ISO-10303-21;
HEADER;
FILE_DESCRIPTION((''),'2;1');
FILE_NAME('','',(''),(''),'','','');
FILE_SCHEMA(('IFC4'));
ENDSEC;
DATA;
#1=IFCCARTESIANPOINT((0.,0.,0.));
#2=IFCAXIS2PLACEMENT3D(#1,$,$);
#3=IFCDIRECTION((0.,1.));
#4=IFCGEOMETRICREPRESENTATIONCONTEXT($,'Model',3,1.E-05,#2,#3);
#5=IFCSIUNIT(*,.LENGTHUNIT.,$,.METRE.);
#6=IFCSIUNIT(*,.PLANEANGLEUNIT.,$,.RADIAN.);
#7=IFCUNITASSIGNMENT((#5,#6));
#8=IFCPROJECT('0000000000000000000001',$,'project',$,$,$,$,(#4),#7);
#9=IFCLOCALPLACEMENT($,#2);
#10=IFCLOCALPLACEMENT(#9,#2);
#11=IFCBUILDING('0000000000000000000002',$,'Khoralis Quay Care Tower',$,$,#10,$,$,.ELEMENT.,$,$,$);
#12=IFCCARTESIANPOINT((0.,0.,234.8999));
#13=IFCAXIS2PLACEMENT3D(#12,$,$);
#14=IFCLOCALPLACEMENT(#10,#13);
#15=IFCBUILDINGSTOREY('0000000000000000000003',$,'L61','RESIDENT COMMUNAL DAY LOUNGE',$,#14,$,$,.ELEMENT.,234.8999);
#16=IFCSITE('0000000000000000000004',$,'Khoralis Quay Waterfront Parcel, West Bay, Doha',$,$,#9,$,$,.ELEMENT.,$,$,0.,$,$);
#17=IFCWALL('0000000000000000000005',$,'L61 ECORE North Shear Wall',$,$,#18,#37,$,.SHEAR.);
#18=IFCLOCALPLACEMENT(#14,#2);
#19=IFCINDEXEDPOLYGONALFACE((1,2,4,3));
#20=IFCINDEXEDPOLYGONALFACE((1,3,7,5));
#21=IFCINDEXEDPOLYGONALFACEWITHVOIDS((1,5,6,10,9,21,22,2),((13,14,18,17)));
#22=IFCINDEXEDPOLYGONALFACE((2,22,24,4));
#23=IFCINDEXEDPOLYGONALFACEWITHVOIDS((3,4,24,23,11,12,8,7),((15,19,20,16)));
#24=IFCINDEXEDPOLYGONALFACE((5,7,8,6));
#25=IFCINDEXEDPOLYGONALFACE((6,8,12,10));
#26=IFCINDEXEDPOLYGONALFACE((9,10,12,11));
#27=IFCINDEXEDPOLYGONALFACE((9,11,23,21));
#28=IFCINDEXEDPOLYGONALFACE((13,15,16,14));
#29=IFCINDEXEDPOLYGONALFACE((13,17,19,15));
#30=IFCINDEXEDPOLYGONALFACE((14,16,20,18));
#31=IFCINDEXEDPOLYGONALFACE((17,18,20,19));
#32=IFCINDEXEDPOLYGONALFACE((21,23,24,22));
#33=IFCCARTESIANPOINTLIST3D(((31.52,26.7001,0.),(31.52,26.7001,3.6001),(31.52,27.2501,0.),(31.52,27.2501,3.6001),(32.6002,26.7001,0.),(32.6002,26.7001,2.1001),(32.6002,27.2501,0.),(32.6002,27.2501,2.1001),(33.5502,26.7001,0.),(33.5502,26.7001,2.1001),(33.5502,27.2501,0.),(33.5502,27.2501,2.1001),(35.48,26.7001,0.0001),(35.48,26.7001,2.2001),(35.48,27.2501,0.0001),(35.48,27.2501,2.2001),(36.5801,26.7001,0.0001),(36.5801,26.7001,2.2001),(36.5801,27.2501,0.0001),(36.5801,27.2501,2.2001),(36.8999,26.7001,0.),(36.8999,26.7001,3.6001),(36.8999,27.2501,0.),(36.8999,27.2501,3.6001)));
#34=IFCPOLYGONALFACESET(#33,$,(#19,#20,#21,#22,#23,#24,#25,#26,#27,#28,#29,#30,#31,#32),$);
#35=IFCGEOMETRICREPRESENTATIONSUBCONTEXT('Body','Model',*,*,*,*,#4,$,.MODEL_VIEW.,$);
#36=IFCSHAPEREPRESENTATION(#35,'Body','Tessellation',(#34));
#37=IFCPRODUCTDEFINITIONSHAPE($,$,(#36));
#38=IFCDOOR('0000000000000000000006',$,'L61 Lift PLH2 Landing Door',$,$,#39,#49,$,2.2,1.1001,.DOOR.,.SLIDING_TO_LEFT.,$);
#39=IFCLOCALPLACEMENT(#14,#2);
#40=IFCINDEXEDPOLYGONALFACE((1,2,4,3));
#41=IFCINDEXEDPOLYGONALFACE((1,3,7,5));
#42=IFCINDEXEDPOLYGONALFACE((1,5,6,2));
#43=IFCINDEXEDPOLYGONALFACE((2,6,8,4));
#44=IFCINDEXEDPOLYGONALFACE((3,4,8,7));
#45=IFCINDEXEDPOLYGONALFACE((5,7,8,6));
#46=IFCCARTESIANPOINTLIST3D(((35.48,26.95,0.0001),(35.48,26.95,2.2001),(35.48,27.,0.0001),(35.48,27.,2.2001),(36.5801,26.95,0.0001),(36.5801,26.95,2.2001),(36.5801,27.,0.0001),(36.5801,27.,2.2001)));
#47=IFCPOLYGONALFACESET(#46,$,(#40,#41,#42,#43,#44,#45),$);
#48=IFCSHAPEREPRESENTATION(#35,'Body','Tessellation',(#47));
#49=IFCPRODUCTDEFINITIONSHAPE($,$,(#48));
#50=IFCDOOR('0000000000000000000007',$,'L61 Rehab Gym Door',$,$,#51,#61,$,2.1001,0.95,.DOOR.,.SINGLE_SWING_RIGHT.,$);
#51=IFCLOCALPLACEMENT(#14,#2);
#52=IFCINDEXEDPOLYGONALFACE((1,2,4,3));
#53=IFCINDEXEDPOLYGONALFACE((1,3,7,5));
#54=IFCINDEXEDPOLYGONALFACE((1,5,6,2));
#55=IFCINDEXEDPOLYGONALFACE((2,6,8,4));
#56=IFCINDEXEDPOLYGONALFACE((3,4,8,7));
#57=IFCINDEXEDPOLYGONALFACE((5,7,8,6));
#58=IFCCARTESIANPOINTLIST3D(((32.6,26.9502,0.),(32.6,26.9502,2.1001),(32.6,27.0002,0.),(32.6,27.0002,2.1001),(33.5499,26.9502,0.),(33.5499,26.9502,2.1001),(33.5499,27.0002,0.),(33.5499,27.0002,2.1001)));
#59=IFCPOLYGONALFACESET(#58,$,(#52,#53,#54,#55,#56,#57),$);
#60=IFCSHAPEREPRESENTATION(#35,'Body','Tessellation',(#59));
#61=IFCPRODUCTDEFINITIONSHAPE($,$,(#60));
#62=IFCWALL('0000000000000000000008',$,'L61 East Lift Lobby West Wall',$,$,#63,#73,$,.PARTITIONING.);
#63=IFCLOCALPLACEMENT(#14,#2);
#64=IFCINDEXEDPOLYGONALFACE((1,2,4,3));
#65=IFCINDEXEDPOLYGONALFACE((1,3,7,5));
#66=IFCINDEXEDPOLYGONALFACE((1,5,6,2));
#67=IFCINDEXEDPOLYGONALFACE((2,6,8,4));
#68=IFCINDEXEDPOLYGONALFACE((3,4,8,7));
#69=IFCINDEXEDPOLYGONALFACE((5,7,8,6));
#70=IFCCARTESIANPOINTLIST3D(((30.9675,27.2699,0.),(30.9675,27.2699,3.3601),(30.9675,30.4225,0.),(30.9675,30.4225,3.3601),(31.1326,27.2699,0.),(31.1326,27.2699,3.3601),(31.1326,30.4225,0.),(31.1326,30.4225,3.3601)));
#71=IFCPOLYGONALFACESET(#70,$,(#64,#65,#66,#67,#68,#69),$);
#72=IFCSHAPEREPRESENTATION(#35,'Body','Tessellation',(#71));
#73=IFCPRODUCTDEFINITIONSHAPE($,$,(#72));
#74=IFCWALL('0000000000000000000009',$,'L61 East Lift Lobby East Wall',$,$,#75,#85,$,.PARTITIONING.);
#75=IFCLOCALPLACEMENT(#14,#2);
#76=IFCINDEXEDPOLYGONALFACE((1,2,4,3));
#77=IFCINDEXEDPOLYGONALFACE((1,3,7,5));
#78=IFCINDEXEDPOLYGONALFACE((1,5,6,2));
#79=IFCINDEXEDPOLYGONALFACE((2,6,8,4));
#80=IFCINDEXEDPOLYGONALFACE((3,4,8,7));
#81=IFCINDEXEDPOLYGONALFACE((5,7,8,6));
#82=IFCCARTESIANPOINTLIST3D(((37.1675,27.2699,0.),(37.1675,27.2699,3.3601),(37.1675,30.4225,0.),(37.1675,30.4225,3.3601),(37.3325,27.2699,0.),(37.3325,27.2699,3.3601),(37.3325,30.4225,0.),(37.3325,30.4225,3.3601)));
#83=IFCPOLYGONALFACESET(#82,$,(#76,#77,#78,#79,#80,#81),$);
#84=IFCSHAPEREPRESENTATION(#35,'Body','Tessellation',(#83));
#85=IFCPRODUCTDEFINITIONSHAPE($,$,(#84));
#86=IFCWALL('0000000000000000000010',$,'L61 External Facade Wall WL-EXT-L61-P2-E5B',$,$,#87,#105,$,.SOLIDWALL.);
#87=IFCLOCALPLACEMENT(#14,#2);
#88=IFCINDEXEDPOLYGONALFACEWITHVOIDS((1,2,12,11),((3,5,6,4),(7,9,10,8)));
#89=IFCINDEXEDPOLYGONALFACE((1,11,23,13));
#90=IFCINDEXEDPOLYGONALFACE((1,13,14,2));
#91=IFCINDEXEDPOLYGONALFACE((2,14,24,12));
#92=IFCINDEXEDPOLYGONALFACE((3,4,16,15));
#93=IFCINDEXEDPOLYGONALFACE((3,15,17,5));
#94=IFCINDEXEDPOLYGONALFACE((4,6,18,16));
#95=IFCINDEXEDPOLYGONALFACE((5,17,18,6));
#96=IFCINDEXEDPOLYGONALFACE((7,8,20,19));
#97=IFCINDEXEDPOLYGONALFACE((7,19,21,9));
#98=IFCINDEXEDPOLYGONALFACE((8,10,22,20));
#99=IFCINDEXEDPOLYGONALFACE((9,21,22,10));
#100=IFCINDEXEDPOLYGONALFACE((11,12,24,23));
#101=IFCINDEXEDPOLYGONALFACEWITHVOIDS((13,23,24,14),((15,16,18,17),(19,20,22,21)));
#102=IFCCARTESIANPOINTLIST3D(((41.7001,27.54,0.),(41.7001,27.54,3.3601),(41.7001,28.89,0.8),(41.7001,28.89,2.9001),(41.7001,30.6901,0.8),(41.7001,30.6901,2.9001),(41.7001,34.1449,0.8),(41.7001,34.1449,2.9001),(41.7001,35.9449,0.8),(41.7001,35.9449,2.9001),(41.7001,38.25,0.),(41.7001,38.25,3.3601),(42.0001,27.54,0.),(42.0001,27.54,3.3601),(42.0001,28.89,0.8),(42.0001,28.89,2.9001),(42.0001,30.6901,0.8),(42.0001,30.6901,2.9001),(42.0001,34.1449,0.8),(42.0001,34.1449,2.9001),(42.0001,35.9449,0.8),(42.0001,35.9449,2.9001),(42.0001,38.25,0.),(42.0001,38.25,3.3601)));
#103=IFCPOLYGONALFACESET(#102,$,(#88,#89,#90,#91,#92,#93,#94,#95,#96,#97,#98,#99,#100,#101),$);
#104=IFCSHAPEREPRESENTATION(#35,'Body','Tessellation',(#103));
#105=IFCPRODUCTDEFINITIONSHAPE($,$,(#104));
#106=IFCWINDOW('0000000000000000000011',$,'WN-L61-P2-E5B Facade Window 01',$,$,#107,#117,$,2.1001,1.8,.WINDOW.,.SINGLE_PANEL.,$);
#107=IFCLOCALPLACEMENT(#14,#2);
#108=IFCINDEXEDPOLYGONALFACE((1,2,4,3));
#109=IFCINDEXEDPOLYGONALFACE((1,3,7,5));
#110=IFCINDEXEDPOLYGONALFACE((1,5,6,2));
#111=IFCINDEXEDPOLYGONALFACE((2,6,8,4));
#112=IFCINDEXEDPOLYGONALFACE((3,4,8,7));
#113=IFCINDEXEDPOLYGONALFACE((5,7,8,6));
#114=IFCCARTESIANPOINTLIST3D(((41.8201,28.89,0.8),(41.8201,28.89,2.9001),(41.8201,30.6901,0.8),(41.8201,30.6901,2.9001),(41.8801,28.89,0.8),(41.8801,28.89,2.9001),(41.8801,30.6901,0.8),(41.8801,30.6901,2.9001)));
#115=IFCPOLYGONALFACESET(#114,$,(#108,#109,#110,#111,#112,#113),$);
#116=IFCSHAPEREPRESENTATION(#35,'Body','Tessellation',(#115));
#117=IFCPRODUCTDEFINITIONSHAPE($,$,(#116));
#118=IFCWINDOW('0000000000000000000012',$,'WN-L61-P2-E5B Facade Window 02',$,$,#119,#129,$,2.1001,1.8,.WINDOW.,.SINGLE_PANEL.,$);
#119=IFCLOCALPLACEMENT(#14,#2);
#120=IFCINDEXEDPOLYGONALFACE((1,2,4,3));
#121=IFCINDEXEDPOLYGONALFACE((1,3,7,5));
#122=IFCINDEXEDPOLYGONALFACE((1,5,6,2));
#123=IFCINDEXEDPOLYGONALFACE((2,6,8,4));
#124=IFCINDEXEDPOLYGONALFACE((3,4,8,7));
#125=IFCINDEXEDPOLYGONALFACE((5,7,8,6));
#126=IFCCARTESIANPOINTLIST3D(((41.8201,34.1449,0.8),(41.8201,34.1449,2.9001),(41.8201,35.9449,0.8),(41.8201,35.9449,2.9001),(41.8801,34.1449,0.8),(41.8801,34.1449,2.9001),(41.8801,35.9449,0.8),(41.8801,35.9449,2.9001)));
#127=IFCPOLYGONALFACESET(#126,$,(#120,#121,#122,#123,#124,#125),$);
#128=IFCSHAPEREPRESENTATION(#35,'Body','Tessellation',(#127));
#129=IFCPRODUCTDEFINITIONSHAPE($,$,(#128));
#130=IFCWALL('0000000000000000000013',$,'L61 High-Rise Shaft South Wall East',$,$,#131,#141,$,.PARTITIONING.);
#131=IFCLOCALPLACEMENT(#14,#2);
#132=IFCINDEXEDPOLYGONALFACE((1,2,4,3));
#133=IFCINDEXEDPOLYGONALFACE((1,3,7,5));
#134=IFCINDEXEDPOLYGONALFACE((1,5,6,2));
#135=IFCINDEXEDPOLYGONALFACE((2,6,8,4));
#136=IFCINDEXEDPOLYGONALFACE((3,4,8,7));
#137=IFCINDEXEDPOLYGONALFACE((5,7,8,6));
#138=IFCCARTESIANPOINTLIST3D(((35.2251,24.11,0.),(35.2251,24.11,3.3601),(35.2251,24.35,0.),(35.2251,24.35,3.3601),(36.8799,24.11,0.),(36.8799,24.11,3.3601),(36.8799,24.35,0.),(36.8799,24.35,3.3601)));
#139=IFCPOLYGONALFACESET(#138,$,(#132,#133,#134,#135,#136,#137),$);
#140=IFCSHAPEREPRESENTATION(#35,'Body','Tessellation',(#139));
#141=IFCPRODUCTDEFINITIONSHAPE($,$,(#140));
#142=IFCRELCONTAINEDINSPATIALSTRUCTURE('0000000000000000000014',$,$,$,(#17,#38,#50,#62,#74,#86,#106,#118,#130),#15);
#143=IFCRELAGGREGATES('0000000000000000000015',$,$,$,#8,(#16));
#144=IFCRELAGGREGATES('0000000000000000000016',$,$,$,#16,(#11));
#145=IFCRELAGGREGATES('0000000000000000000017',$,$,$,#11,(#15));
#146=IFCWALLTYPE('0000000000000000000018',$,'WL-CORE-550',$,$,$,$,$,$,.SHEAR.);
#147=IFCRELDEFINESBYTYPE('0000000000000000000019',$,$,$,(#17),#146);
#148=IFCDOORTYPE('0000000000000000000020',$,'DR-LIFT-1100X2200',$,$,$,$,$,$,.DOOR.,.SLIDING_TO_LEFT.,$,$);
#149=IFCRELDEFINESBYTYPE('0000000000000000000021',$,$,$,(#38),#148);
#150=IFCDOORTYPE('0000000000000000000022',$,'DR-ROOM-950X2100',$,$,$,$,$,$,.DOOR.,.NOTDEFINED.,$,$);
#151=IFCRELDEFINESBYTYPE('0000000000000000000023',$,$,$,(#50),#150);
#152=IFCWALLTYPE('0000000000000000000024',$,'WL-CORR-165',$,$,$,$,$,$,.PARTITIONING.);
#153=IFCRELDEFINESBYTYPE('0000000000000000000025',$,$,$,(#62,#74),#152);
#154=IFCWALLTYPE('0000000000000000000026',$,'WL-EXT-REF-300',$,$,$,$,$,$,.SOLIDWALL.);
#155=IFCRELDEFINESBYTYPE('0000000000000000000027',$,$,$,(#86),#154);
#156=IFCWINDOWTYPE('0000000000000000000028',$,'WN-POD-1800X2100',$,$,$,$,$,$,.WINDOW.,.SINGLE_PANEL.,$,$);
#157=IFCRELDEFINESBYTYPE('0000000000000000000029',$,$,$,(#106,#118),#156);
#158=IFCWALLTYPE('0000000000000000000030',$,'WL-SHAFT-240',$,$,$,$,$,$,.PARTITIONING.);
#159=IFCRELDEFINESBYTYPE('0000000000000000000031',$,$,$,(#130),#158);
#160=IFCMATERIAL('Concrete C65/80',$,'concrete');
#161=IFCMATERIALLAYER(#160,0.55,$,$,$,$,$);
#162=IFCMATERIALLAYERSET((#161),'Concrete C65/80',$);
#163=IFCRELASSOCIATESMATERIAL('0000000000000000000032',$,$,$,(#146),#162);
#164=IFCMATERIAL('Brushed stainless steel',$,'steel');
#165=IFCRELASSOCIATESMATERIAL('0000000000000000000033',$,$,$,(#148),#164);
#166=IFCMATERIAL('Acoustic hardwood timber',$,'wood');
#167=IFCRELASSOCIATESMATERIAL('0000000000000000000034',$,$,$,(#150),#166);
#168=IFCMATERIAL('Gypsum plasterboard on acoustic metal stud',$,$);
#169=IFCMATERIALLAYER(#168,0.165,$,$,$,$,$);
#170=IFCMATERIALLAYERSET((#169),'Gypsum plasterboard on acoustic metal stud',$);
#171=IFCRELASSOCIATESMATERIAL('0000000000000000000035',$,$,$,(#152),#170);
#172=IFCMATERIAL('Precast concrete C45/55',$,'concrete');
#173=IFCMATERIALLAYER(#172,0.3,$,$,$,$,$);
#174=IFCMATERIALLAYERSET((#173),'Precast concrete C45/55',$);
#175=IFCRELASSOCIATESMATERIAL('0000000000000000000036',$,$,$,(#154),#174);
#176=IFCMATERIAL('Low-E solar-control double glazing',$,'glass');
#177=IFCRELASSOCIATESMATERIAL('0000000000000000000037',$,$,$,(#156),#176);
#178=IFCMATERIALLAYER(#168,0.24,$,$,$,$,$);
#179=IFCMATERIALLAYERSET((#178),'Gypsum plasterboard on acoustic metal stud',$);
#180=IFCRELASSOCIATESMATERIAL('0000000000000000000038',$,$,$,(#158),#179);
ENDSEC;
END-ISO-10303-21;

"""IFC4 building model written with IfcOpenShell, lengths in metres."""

from ifc_helpers import new_model, si_unit, direction, frame, frame_2d, origin, place, context, subcontext, project, spatial, rectangle, extrude, source, transform, mapped, material, layer, layer_set, type_object, element, fill, save


model = new_model("IFC4")

# Units and contexts
model_context = context("Model", 3, precision=1e-05, world=origin(), true_north=direction((0.0, 1.0)))
body_context = subcontext(model_context, "Body", "Model", "MODEL_VIEW")
ifc_project = project(units=[si_unit("LENGTHUNIT", "METRE"), si_unit("PLANEANGLEUNIT", "RADIAN")], contexts=[model_context])

# Site, building, storey
site_placement = place(None, origin())
site = spatial("IfcSite", under=ifc_project, at=site_placement, Name="Khoralis Quay Waterfront Parcel, West Bay, Doha", CompositionType="ELEMENT", RefElevation=0.0)
building_placement = place(site_placement, origin())
building = spatial("IfcBuilding", under=site, at=building_placement, Name="Khoralis Quay Care Tower", CompositionType="ELEMENT")
storey_placement = place(building_placement, frame((0.0, 0.0, 234.8999)))
storey = spatial("IfcBuildingStorey", under=building, at=storey_placement, Name="L61", Description="RESIDENT COMMUNAL DAY LOUNGE", CompositionType="ELEMENT", Elevation=234.8999)

# Shared definitions
ifc_material_1 = material(Name="Low-E solar-control double glazing", Category="glass")

# Wall, openings, doors
ifc_material_2 = material(Name="Concrete C65/80", Category="concrete")
ifc_layer_1 = layer(ifc_material_2, 0.55)
ifc_layer_set_1 = layer_set([ifc_layer_1], Name="Concrete C65/80")
wall_type_1 = type_object("IfcWallType", Name="WL-CORE-550", PredefinedType="SHEAR", material=ifc_layer_set_1)
wall_1_placement = place(storey_placement, frame((31.52, 26.9751, 0.0), z_axis=(0.0, 0.0, 1.0), x_axis=(1.0, 0.0, 0.0)))
wall_1 = element("IfcWall", 1, at=wall_1_placement, inside=storey, type_object=wall_type_1, Name="L61 ECORE North Shear Wall", PredefinedType="SHEAR", context=body_context, shape_type="SweptSolid", body=[
    extrude(rectangle(XDim=5.3799, YDim=0.55, at=frame_2d((2.6899, 0.0))), origin(), (0.0, 0.0, 1.0), 3.6001),
])
opening_1_placement = place(wall_1_placement, frame((1.0801, 0.0, 0.0)))
opening_1 = element("IfcOpeningElement", 2, at=opening_1_placement, cuts=wall_1, PredefinedType="OPENING", context=body_context, shape_type="SweptSolid", body=[
    extrude(rectangle(XDim=0.95, YDim=2.1001, at=frame_2d((0.4751, 1.05))), frame((0.0, 0.2852, 0.0), z_axis=(0.0, -1.0, 0.0), x_axis=(1.0, 0.0, 0.0)), (0.0, 0.0, 1.0), 0.5701),
])
opening_2_placement = place(wall_1_placement, frame((3.96, 0.0, 0.0)))
opening_2 = element("IfcOpeningElement", 3, at=opening_2_placement, cuts=wall_1, PredefinedType="OPENING", context=body_context, shape_type="SweptSolid", body=[
    extrude(rectangle(XDim=1.1001, YDim=2.2, at=frame_2d((0.55, 1.1001))), frame((0.0, 0.2852, 0.0), z_axis=(0.0, -1.0, 0.0), x_axis=(1.0, 0.0, 0.0)), (0.0, 0.0, 1.0), 0.5701),
])
ifc_material_3 = material(Name="Brushed stainless steel", Category="steel")
door_type_1 = type_object("IfcDoorType", Name="DR-LIFT-1100X2200", OperationType="SLIDING_TO_LEFT", PredefinedType="DOOR", material=ifc_material_3)
shared_shape_1 = source(origin(), body_context, "Body", "SweptSolid", [
    extrude(rectangle(XDim=1.1001, YDim=2.2, at=frame_2d((0.55, 1.1001))), frame((0.0, 0.0249, 0.0), z_axis=(0.0, -1.0, 0.0), x_axis=(1.0, 0.0, 0.0)), (0.0, 0.0, 1.0), 0.05),
])
door_1_placement = place(opening_2_placement, origin())
door_1 = element("IfcDoor", 4, at=door_1_placement, inside=storey, type_object=door_type_1, Name="L61 Lift PLH2 Landing Door", OperationType="SLIDING_TO_LEFT", OverallHeight=2.2, OverallWidth=1.1001, PredefinedType="DOOR", context=body_context, shape_type="MappedRepresentation", body=[
    mapped(shared_shape_1, transform((0.0, 0.0, 0.0), scale=1.0)),
])
fill(opening_2, door_1)
ifc_material_4 = material(Name="Acoustic hardwood timber", Category="wood")
door_type_2 = type_object("IfcDoorType", Name="DR-ROOM-950X2100", OperationType="NOTDEFINED", PredefinedType="DOOR", material=ifc_material_4)
shared_shape_2 = source(origin(), body_context, "Body", "SweptSolid", [
    extrude(rectangle(XDim=0.95, YDim=2.1001, at=frame_2d((0.4751, 1.05))), frame((0.0, 0.0249, 0.0), z_axis=(0.0, -1.0, 0.0), x_axis=(1.0, 0.0, 0.0)), (0.0, 0.0, 1.0), 0.05),
])
door_2_placement = place(opening_1_placement, frame((0.95, 0.0, 0.0), z_axis=(0.0, 0.0, 1.0), x_axis=(-1.0, 0.0, 0.0)))
door_2 = element("IfcDoor", 5, at=door_2_placement, inside=storey, type_object=door_type_2, Name="L61 Rehab Gym Door", OperationType="SINGLE_SWING_RIGHT", OverallHeight=2.1001, OverallWidth=0.95, PredefinedType="DOOR", context=body_context, shape_type="MappedRepresentation", body=[
    mapped(shared_shape_2, transform((0.0, 0.0, 0.0), scale=1.0)),
])
fill(opening_1, door_2)

# Walls
ifc_material_5 = material(Name="Gypsum plasterboard on acoustic metal stud")
ifc_layer_2 = layer(ifc_material_5, 0.165)
ifc_layer_set_2 = layer_set([ifc_layer_2], Name="Gypsum plasterboard on acoustic metal stud")
wall_type_2 = type_object("IfcWallType", Name="WL-CORR-165", PredefinedType="PARTITIONING", material=ifc_layer_set_2)
for number, where, z_axis, x_axis, name in (
    (6, (31.05, 27.27, 0.0), (0.0, 0.0, 1.0), (0.0, 1.0, 0.0), "L61 East Lift Lobby West Wall"),
    (7, (37.25, 27.27, 0.0), (0.0, 0.0, 1.0), (0.0, 1.0, 0.0), "L61 East Lift Lobby East Wall"),
):
    element("IfcWall", number, at=place(storey_placement, frame(where, z_axis=z_axis, x_axis=x_axis)), inside=storey, type_object=wall_type_2, Name=name, PredefinedType="PARTITIONING", context=body_context, shape_type="SweptSolid", body=[
        extrude(rectangle(XDim=3.1526, YDim=0.165, at=frame_2d((1.5762, 0.0))), origin(), (0.0, 0.0, 1.0), 3.3601),
    ])

# Wall, openings, windows
ifc_material_6 = material(Name="Precast concrete C45/55", Category="concrete")
ifc_layer_3 = layer(ifc_material_6, 0.3)
ifc_layer_set_3 = layer_set([ifc_layer_3], Name="Precast concrete C45/55")
wall_type_3 = type_object("IfcWallType", Name="WL-EXT-REF-300", PredefinedType="SOLIDWALL", material=ifc_layer_set_3)
wall_2_placement = place(storey_placement, frame((41.8501, 27.54, 0.0), z_axis=(0.0, 0.0, 1.0), x_axis=(0.0, 1.0, 0.0)))
wall_2 = element("IfcWall", 8, at=wall_2_placement, inside=storey, type_object=wall_type_3, Name="L61 External Facade Wall WL-EXT-L61-P2-E5B", PredefinedType="SOLIDWALL", context=body_context, shape_type="SweptSolid", body=[
    extrude(rectangle(XDim=10.71, YDim=0.3, at=frame_2d((5.355, 0.0))), origin(), (0.0, 0.0, 1.0), 3.3601),
])
opening_3_placement = place(wall_2_placement, frame((1.3501, 0.0, 0.8)))
opening_3 = element("IfcOpeningElement", 9, at=opening_3_placement, cuts=wall_2, PredefinedType="OPENING", context=body_context, shape_type="SweptSolid", body=[
    extrude(rectangle(XDim=1.8, YDim=2.1001, at=frame_2d((0.8999, 1.05))), frame((0.0, 0.1602, 0.0), z_axis=(0.0, -1.0, 0.0), x_axis=(1.0, 0.0, 0.0)), (0.0, 0.0, 1.0), 0.3201),
])
opening_4_placement = place(wall_2_placement, frame((6.605, 0.0, 0.8)))
opening_4 = element("IfcOpeningElement", 10, at=opening_4_placement, cuts=wall_2, PredefinedType="OPENING", context=body_context, shape_type="SweptSolid", body=[
    extrude(rectangle(XDim=1.8, YDim=2.1001, at=frame_2d((0.8999, 1.05))), frame((0.0, 0.1602, 0.0), z_axis=(0.0, -1.0, 0.0), x_axis=(1.0, 0.0, 0.0)), (0.0, 0.0, 1.0), 0.3201),
])
window_type = type_object("IfcWindowType", Name="WN-POD-1800X2100", PartitioningType="SINGLE_PANEL", PredefinedType="WINDOW", material=ifc_material_1)
shared_shape_3 = source(origin(), body_context, "Body", "SweptSolid", [
    extrude(rectangle(XDim=1.8, YDim=2.1001, at=frame_2d((0.8999, 1.05))), frame((0.0, 0.03, 0.0), z_axis=(0.0, -1.0, 0.0), x_axis=(1.0, 0.0, 0.0)), (0.0, 0.0, 1.0), 0.0601),
])
window_1_placement = place(opening_3_placement, origin())
window_1 = element("IfcWindow", 11, at=window_1_placement, inside=storey, type_object=window_type, Name="WN-L61-P2-E5B Facade Window 01", OverallHeight=2.1001, OverallWidth=1.8, PartitioningType="SINGLE_PANEL", PredefinedType="WINDOW", context=body_context, shape_type="MappedRepresentation", body=[
    mapped(shared_shape_3, transform((0.0, 0.0, 0.0), scale=1.0)),
])
fill(opening_3, window_1)
window_2_placement = place(opening_4_placement, origin())
window_2 = element("IfcWindow", 12, at=window_2_placement, inside=storey, type_object=window_type, Name="WN-L61-P2-E5B Facade Window 02", OverallHeight=2.1001, OverallWidth=1.8, PartitioningType="SINGLE_PANEL", PredefinedType="WINDOW", context=body_context, shape_type="MappedRepresentation", body=[
    mapped(shared_shape_3, transform((0.0, 0.0, 0.0), scale=1.0)),
])
fill(opening_4, window_2)

# Wall
ifc_layer_4 = layer(ifc_material_5, 0.24)
ifc_layer_set_4 = layer_set([ifc_layer_4], Name="Gypsum plasterboard on acoustic metal stud")
wall_type_4 = type_object("IfcWallType", Name="WL-SHAFT-240", PredefinedType="PARTITIONING", material=ifc_layer_set_4)
wall_3_placement = place(storey_placement, frame((35.2251, 24.23, 0.0), z_axis=(0.0, 0.0, 1.0), x_axis=(1.0, 0.0, 0.0)))
element("IfcWall", 13, at=wall_3_placement, inside=storey, type_object=wall_type_4, Name="L61 High-Rise Shaft South Wall East", PredefinedType="PARTITIONING", context=body_context, shape_type="SweptSolid", body=[
    extrude(rectangle(XDim=1.6548, YDim=0.24, at=frame_2d((0.8274, 0.0))), origin(), (0.0, 0.0, 1.0), 3.3601),
])

save(model, "model.ifc")
